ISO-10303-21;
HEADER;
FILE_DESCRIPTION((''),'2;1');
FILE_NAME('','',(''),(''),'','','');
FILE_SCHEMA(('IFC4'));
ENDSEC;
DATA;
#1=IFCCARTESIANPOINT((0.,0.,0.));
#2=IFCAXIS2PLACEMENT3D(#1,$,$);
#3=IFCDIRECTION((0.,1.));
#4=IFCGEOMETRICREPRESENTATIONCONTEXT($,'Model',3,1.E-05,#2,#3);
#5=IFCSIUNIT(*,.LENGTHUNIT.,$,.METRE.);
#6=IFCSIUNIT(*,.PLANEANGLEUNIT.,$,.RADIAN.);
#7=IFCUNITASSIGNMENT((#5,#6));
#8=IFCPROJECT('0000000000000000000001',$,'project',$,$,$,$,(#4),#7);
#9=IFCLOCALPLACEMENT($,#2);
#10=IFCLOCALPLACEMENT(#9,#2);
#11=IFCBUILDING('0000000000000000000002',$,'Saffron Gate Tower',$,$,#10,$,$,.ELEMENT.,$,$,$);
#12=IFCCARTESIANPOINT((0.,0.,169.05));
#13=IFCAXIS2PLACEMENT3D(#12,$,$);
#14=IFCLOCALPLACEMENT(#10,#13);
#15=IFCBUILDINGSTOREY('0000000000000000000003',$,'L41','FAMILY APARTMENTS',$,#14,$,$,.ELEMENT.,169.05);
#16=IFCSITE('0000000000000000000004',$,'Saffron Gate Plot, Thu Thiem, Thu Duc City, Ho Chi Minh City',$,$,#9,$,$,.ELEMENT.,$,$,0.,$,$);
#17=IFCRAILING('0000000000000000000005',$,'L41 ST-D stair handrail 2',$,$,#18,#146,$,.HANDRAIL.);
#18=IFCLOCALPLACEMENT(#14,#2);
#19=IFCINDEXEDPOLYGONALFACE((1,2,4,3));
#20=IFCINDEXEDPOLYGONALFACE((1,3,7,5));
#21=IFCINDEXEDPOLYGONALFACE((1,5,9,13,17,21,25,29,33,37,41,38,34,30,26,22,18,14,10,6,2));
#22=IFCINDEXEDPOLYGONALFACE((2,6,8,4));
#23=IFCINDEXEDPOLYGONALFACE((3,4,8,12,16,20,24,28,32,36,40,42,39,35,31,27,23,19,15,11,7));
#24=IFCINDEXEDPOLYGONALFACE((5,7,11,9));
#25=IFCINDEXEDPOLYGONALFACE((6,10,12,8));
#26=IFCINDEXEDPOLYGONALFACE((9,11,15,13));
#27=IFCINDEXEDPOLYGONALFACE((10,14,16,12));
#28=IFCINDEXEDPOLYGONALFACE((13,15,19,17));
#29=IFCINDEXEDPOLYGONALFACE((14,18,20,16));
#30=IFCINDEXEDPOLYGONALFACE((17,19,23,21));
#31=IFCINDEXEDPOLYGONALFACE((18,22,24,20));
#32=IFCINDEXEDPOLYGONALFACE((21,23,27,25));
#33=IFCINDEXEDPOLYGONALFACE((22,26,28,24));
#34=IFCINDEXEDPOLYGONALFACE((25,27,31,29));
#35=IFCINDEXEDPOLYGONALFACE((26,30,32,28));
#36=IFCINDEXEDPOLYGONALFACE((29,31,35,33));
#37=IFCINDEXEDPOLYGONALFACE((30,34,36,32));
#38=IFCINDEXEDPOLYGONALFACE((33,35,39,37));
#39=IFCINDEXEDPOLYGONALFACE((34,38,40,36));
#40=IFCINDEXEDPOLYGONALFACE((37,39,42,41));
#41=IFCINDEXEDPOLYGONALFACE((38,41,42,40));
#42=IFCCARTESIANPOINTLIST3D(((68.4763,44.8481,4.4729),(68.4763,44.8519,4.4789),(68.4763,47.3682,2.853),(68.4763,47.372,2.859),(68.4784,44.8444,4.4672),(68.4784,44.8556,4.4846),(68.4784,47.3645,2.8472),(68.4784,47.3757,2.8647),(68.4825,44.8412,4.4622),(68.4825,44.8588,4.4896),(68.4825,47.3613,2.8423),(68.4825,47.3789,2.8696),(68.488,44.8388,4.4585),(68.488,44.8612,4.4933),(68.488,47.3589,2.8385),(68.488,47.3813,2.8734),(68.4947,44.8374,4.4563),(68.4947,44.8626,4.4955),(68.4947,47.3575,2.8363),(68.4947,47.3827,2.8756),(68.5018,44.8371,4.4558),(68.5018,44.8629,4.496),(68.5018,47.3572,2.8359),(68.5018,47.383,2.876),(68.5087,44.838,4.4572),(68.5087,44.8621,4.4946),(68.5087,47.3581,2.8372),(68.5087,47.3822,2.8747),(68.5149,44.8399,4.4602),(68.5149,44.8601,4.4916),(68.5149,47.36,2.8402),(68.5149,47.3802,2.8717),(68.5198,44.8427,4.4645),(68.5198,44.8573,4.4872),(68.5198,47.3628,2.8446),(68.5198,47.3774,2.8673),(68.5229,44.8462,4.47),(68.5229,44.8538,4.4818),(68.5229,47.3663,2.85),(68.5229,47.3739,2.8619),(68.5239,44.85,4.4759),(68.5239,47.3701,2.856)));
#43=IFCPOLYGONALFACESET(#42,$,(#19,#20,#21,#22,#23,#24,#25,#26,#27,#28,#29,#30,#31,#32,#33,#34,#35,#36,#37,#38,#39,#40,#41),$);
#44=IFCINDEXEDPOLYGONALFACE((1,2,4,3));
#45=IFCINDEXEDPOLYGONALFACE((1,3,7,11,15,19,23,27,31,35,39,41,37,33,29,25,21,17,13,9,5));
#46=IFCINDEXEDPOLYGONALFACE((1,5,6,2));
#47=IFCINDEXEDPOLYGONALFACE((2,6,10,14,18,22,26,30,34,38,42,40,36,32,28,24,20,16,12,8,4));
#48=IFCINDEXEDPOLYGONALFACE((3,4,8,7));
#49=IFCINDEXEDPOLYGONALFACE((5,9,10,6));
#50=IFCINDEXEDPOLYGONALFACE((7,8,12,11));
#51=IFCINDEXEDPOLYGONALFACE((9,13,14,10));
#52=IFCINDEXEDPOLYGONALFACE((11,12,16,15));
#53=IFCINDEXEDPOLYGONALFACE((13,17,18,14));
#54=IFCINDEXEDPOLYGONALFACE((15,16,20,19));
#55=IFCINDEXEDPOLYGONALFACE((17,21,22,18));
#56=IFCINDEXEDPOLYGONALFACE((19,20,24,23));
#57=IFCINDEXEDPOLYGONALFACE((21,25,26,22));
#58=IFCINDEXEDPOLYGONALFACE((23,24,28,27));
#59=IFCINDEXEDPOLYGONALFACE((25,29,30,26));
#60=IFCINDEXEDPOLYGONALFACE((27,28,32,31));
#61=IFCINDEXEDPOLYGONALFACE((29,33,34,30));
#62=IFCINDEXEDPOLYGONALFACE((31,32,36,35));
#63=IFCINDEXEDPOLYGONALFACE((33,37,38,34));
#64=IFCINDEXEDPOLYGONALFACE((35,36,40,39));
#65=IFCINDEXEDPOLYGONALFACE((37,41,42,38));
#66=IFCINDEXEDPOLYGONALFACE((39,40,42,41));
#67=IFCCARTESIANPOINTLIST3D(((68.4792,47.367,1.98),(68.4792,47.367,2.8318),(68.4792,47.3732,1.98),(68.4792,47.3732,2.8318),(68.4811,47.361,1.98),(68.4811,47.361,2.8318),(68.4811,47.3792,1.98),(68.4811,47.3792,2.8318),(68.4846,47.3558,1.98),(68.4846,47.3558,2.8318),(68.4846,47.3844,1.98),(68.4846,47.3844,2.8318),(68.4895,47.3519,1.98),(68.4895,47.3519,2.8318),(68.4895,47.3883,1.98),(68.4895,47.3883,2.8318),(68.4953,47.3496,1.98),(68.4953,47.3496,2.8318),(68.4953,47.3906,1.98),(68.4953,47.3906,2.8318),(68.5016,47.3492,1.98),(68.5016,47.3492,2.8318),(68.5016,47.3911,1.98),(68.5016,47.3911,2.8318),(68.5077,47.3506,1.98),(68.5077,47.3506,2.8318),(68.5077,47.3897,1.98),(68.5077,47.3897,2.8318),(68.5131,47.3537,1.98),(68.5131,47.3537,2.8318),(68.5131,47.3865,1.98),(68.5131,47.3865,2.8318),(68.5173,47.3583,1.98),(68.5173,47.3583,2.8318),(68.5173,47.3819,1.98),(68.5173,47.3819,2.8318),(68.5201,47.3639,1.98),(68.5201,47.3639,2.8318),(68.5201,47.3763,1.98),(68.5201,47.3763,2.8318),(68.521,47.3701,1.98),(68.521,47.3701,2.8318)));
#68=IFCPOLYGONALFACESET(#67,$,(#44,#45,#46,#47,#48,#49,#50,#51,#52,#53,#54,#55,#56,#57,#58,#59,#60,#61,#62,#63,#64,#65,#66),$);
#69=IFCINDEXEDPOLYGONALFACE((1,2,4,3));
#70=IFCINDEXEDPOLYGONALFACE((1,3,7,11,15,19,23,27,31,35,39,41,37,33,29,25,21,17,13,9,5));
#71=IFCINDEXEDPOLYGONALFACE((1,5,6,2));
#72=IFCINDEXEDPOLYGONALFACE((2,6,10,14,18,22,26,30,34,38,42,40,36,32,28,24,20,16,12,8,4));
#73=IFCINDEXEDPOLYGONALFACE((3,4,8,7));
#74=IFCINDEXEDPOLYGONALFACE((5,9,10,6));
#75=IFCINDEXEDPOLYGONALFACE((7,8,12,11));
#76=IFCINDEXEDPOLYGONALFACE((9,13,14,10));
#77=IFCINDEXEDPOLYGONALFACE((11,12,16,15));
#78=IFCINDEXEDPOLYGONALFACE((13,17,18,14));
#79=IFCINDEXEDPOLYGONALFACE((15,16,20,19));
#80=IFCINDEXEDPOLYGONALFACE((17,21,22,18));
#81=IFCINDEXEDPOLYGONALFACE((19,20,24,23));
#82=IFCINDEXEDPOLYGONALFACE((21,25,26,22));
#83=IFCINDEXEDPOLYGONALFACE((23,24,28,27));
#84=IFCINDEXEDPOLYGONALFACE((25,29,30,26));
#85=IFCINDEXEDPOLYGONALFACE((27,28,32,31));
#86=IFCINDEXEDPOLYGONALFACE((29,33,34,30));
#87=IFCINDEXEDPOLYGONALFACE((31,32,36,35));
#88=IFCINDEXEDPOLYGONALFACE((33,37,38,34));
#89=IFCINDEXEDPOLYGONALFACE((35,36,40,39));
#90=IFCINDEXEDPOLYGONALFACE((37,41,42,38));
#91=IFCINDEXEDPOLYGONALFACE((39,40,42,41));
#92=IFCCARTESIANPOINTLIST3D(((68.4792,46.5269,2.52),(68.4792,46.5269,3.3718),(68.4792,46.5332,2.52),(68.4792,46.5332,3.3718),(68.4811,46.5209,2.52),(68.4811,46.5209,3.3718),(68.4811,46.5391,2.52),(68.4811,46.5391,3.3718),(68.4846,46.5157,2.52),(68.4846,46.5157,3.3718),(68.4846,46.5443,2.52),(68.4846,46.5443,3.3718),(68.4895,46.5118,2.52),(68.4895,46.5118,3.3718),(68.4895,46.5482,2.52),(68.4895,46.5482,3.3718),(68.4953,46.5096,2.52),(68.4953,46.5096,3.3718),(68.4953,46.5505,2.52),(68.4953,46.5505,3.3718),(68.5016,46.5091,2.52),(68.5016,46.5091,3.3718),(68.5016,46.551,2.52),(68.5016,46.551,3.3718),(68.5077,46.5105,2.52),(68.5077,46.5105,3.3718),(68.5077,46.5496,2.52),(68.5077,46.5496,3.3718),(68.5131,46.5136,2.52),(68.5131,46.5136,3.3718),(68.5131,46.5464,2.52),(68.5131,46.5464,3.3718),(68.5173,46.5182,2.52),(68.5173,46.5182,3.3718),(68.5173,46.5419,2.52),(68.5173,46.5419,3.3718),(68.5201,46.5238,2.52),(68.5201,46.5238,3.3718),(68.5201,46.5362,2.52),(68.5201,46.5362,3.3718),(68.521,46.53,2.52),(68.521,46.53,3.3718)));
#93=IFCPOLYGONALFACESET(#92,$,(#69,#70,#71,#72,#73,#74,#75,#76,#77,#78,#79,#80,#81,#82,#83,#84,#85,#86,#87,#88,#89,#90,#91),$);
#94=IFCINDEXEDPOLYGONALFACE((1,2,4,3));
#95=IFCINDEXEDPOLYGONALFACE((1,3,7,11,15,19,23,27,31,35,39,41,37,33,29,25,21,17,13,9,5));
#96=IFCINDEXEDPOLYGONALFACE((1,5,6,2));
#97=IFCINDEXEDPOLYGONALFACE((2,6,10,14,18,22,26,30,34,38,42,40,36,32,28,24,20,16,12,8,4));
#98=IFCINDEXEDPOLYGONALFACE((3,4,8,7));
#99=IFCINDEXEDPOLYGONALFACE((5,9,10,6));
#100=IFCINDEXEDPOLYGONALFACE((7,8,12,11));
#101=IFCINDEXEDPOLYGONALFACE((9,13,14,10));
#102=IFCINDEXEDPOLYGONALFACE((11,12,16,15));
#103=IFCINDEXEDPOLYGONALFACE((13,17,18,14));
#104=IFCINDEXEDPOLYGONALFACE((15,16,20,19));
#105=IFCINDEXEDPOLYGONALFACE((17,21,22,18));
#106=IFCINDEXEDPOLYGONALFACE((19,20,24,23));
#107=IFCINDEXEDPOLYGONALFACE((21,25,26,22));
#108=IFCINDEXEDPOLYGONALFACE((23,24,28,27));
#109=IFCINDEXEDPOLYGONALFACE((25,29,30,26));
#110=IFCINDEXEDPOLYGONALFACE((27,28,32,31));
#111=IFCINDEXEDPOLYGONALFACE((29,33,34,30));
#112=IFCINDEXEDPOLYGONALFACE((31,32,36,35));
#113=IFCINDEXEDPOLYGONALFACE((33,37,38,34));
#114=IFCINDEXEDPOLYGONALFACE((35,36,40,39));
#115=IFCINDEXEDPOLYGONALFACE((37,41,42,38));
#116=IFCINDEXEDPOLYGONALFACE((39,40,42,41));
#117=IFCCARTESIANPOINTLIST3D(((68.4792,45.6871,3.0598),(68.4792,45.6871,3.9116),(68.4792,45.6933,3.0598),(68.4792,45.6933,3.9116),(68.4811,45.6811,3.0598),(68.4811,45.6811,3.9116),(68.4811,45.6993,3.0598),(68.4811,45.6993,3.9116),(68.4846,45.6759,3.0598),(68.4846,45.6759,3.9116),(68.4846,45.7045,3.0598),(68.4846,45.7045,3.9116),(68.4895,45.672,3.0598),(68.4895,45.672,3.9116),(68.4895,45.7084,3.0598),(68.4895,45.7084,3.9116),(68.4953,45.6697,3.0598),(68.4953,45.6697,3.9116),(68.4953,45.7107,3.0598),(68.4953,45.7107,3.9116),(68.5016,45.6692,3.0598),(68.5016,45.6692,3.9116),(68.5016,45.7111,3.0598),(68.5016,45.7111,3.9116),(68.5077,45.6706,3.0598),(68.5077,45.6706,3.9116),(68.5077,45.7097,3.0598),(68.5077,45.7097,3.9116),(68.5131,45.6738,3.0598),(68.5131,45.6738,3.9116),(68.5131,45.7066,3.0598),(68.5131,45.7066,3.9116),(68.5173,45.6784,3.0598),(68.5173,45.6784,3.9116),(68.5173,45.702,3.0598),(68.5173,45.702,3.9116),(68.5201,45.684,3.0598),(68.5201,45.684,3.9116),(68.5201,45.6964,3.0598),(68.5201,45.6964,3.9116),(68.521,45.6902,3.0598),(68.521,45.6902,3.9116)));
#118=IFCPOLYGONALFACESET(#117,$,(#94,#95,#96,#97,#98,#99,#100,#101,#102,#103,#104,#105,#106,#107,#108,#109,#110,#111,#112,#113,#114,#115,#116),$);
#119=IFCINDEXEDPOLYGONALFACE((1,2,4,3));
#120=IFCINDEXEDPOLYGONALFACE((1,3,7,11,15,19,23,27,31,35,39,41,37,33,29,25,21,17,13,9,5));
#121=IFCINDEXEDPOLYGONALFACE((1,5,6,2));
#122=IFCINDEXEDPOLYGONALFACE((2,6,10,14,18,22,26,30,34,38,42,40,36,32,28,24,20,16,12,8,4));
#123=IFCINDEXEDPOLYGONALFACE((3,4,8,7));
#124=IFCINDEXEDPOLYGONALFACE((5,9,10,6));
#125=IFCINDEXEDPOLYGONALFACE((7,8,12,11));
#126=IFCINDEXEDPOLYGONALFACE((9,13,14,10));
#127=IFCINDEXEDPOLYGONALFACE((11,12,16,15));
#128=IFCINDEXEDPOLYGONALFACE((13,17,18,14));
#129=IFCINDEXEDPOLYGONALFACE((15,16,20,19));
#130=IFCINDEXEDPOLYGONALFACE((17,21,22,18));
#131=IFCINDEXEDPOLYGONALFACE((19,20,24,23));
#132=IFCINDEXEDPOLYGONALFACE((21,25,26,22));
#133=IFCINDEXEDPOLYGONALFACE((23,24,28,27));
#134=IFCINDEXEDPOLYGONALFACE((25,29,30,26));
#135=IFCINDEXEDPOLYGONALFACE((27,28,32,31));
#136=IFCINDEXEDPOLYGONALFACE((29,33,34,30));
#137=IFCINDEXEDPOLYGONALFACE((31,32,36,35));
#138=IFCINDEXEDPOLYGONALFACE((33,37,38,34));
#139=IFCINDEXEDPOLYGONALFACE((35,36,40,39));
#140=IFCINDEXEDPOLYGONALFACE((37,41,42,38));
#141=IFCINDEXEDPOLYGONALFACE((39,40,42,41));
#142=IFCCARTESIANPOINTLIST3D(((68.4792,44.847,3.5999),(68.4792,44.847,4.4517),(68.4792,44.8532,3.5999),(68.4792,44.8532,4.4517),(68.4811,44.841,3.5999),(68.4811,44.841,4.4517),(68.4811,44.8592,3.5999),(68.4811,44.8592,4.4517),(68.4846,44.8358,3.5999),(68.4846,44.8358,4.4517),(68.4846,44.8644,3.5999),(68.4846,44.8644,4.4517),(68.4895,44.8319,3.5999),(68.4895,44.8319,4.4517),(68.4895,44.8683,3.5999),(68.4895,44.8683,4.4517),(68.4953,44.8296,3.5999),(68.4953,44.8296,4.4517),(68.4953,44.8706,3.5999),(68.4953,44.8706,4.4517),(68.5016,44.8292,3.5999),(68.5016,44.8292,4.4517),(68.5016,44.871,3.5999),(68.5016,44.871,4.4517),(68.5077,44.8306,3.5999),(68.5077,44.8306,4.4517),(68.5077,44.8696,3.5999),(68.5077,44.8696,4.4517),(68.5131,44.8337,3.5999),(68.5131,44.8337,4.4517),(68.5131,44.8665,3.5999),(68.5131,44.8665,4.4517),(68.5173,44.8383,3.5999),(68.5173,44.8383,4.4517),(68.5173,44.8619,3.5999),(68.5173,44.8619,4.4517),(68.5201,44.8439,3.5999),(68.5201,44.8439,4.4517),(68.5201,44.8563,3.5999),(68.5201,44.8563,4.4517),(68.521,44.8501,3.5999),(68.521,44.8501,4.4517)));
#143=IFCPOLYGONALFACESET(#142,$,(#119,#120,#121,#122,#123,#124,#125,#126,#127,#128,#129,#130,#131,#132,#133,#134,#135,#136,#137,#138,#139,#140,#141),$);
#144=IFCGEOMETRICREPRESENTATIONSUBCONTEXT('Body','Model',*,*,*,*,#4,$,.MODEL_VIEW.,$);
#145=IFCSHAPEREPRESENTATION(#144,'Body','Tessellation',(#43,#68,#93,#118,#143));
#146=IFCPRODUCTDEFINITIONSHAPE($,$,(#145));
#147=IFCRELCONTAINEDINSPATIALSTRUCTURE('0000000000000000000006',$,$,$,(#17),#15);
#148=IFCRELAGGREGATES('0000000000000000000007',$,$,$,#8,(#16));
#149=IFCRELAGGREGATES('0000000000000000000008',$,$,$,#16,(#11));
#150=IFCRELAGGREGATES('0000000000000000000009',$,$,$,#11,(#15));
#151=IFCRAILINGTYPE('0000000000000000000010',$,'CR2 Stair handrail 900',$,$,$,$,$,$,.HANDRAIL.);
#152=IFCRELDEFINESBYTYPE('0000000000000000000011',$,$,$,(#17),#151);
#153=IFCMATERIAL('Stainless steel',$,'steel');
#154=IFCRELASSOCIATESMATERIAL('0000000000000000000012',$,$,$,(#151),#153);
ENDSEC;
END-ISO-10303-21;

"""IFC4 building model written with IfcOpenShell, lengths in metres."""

from ifc_helpers import new_model, si_unit, direction, frame, origin, origin_2d, place, context, subcontext, project, spatial, circle, extrude, material, type_object, element, save


model = new_model("IFC4")

# Units and contexts
model_context = context("Model", 3, precision=1e-05, world=origin(), true_north=direction((0.0, 1.0)))
body_context = subcontext(model_context, "Body", "Model", "MODEL_VIEW")
ifc_project = project(units=[si_unit("LENGTHUNIT", "METRE"), si_unit("PLANEANGLEUNIT", "RADIAN")], contexts=[model_context])

# Site, building, storey
site_placement = place(None, origin())
site = spatial("IfcSite", under=ifc_project, at=site_placement, Name="Saffron Gate Plot, Thu Thiem, Thu Duc City, Ho Chi Minh City", CompositionType="ELEMENT", RefElevation=0.0)
building_placement = place(site_placement, origin())
building = spatial("IfcBuilding", under=site, at=building_placement, Name="Saffron Gate Tower", CompositionType="ELEMENT")
storey_placement = place(building_placement, frame((0.0, 0.0, 169.05)))
storey = spatial("IfcBuildingStorey", under=building, at=storey_placement, Name="L41", Description="FAMILY APARTMENTS", CompositionType="ELEMENT", Elevation=169.05)

# Railing
ifc_material_1 = material(Name="Stainless steel", Category="steel")
railing_type_1 = type_object("IfcRailingType", Name="CR2 Stair handrail 900", PredefinedType="HANDRAIL", material=ifc_material_1)
railing_1_placement = place(storey_placement, frame((68.5, 47.3701, 1.98)))
element("IfcRailing", 1, at=railing_1_placement, inside=storey, type_object=railing_type_1, Name="L41 ST-D stair handrail 2", PredefinedType="HANDRAIL", context=body_context, shape_type="SweptSolid", body=[
    extrude(circle(Radius=0.0239, at=origin_2d()), frame((0.0, 0.0, 0.876), z_axis=(0.0, -0.8412, 0.540725), x_axis=(1.0, 0.0, 0.0)), (0.0, 0.0, 1.0), 2.9958),
    extrude(circle(Radius=0.021, at=origin_2d()), origin(), (0.0, 0.0, 1.0), 0.8518),
    extrude(circle(Radius=0.021, at=origin_2d()), frame((0.0, -0.8401, 0.54)), (0.0, 0.0, 1.0), 0.8518),
    extrude(circle(Radius=0.021, at=origin_2d()), frame((0.0, -1.6799, 1.0798)), (0.0, 0.0, 1.0), 0.8518),
    extrude(circle(Radius=0.021, at=origin_2d()), frame((0.0, -2.52, 1.6199)), (0.0, 0.0, 1.0), 0.8518),
])

save(model, "model.ifc")
